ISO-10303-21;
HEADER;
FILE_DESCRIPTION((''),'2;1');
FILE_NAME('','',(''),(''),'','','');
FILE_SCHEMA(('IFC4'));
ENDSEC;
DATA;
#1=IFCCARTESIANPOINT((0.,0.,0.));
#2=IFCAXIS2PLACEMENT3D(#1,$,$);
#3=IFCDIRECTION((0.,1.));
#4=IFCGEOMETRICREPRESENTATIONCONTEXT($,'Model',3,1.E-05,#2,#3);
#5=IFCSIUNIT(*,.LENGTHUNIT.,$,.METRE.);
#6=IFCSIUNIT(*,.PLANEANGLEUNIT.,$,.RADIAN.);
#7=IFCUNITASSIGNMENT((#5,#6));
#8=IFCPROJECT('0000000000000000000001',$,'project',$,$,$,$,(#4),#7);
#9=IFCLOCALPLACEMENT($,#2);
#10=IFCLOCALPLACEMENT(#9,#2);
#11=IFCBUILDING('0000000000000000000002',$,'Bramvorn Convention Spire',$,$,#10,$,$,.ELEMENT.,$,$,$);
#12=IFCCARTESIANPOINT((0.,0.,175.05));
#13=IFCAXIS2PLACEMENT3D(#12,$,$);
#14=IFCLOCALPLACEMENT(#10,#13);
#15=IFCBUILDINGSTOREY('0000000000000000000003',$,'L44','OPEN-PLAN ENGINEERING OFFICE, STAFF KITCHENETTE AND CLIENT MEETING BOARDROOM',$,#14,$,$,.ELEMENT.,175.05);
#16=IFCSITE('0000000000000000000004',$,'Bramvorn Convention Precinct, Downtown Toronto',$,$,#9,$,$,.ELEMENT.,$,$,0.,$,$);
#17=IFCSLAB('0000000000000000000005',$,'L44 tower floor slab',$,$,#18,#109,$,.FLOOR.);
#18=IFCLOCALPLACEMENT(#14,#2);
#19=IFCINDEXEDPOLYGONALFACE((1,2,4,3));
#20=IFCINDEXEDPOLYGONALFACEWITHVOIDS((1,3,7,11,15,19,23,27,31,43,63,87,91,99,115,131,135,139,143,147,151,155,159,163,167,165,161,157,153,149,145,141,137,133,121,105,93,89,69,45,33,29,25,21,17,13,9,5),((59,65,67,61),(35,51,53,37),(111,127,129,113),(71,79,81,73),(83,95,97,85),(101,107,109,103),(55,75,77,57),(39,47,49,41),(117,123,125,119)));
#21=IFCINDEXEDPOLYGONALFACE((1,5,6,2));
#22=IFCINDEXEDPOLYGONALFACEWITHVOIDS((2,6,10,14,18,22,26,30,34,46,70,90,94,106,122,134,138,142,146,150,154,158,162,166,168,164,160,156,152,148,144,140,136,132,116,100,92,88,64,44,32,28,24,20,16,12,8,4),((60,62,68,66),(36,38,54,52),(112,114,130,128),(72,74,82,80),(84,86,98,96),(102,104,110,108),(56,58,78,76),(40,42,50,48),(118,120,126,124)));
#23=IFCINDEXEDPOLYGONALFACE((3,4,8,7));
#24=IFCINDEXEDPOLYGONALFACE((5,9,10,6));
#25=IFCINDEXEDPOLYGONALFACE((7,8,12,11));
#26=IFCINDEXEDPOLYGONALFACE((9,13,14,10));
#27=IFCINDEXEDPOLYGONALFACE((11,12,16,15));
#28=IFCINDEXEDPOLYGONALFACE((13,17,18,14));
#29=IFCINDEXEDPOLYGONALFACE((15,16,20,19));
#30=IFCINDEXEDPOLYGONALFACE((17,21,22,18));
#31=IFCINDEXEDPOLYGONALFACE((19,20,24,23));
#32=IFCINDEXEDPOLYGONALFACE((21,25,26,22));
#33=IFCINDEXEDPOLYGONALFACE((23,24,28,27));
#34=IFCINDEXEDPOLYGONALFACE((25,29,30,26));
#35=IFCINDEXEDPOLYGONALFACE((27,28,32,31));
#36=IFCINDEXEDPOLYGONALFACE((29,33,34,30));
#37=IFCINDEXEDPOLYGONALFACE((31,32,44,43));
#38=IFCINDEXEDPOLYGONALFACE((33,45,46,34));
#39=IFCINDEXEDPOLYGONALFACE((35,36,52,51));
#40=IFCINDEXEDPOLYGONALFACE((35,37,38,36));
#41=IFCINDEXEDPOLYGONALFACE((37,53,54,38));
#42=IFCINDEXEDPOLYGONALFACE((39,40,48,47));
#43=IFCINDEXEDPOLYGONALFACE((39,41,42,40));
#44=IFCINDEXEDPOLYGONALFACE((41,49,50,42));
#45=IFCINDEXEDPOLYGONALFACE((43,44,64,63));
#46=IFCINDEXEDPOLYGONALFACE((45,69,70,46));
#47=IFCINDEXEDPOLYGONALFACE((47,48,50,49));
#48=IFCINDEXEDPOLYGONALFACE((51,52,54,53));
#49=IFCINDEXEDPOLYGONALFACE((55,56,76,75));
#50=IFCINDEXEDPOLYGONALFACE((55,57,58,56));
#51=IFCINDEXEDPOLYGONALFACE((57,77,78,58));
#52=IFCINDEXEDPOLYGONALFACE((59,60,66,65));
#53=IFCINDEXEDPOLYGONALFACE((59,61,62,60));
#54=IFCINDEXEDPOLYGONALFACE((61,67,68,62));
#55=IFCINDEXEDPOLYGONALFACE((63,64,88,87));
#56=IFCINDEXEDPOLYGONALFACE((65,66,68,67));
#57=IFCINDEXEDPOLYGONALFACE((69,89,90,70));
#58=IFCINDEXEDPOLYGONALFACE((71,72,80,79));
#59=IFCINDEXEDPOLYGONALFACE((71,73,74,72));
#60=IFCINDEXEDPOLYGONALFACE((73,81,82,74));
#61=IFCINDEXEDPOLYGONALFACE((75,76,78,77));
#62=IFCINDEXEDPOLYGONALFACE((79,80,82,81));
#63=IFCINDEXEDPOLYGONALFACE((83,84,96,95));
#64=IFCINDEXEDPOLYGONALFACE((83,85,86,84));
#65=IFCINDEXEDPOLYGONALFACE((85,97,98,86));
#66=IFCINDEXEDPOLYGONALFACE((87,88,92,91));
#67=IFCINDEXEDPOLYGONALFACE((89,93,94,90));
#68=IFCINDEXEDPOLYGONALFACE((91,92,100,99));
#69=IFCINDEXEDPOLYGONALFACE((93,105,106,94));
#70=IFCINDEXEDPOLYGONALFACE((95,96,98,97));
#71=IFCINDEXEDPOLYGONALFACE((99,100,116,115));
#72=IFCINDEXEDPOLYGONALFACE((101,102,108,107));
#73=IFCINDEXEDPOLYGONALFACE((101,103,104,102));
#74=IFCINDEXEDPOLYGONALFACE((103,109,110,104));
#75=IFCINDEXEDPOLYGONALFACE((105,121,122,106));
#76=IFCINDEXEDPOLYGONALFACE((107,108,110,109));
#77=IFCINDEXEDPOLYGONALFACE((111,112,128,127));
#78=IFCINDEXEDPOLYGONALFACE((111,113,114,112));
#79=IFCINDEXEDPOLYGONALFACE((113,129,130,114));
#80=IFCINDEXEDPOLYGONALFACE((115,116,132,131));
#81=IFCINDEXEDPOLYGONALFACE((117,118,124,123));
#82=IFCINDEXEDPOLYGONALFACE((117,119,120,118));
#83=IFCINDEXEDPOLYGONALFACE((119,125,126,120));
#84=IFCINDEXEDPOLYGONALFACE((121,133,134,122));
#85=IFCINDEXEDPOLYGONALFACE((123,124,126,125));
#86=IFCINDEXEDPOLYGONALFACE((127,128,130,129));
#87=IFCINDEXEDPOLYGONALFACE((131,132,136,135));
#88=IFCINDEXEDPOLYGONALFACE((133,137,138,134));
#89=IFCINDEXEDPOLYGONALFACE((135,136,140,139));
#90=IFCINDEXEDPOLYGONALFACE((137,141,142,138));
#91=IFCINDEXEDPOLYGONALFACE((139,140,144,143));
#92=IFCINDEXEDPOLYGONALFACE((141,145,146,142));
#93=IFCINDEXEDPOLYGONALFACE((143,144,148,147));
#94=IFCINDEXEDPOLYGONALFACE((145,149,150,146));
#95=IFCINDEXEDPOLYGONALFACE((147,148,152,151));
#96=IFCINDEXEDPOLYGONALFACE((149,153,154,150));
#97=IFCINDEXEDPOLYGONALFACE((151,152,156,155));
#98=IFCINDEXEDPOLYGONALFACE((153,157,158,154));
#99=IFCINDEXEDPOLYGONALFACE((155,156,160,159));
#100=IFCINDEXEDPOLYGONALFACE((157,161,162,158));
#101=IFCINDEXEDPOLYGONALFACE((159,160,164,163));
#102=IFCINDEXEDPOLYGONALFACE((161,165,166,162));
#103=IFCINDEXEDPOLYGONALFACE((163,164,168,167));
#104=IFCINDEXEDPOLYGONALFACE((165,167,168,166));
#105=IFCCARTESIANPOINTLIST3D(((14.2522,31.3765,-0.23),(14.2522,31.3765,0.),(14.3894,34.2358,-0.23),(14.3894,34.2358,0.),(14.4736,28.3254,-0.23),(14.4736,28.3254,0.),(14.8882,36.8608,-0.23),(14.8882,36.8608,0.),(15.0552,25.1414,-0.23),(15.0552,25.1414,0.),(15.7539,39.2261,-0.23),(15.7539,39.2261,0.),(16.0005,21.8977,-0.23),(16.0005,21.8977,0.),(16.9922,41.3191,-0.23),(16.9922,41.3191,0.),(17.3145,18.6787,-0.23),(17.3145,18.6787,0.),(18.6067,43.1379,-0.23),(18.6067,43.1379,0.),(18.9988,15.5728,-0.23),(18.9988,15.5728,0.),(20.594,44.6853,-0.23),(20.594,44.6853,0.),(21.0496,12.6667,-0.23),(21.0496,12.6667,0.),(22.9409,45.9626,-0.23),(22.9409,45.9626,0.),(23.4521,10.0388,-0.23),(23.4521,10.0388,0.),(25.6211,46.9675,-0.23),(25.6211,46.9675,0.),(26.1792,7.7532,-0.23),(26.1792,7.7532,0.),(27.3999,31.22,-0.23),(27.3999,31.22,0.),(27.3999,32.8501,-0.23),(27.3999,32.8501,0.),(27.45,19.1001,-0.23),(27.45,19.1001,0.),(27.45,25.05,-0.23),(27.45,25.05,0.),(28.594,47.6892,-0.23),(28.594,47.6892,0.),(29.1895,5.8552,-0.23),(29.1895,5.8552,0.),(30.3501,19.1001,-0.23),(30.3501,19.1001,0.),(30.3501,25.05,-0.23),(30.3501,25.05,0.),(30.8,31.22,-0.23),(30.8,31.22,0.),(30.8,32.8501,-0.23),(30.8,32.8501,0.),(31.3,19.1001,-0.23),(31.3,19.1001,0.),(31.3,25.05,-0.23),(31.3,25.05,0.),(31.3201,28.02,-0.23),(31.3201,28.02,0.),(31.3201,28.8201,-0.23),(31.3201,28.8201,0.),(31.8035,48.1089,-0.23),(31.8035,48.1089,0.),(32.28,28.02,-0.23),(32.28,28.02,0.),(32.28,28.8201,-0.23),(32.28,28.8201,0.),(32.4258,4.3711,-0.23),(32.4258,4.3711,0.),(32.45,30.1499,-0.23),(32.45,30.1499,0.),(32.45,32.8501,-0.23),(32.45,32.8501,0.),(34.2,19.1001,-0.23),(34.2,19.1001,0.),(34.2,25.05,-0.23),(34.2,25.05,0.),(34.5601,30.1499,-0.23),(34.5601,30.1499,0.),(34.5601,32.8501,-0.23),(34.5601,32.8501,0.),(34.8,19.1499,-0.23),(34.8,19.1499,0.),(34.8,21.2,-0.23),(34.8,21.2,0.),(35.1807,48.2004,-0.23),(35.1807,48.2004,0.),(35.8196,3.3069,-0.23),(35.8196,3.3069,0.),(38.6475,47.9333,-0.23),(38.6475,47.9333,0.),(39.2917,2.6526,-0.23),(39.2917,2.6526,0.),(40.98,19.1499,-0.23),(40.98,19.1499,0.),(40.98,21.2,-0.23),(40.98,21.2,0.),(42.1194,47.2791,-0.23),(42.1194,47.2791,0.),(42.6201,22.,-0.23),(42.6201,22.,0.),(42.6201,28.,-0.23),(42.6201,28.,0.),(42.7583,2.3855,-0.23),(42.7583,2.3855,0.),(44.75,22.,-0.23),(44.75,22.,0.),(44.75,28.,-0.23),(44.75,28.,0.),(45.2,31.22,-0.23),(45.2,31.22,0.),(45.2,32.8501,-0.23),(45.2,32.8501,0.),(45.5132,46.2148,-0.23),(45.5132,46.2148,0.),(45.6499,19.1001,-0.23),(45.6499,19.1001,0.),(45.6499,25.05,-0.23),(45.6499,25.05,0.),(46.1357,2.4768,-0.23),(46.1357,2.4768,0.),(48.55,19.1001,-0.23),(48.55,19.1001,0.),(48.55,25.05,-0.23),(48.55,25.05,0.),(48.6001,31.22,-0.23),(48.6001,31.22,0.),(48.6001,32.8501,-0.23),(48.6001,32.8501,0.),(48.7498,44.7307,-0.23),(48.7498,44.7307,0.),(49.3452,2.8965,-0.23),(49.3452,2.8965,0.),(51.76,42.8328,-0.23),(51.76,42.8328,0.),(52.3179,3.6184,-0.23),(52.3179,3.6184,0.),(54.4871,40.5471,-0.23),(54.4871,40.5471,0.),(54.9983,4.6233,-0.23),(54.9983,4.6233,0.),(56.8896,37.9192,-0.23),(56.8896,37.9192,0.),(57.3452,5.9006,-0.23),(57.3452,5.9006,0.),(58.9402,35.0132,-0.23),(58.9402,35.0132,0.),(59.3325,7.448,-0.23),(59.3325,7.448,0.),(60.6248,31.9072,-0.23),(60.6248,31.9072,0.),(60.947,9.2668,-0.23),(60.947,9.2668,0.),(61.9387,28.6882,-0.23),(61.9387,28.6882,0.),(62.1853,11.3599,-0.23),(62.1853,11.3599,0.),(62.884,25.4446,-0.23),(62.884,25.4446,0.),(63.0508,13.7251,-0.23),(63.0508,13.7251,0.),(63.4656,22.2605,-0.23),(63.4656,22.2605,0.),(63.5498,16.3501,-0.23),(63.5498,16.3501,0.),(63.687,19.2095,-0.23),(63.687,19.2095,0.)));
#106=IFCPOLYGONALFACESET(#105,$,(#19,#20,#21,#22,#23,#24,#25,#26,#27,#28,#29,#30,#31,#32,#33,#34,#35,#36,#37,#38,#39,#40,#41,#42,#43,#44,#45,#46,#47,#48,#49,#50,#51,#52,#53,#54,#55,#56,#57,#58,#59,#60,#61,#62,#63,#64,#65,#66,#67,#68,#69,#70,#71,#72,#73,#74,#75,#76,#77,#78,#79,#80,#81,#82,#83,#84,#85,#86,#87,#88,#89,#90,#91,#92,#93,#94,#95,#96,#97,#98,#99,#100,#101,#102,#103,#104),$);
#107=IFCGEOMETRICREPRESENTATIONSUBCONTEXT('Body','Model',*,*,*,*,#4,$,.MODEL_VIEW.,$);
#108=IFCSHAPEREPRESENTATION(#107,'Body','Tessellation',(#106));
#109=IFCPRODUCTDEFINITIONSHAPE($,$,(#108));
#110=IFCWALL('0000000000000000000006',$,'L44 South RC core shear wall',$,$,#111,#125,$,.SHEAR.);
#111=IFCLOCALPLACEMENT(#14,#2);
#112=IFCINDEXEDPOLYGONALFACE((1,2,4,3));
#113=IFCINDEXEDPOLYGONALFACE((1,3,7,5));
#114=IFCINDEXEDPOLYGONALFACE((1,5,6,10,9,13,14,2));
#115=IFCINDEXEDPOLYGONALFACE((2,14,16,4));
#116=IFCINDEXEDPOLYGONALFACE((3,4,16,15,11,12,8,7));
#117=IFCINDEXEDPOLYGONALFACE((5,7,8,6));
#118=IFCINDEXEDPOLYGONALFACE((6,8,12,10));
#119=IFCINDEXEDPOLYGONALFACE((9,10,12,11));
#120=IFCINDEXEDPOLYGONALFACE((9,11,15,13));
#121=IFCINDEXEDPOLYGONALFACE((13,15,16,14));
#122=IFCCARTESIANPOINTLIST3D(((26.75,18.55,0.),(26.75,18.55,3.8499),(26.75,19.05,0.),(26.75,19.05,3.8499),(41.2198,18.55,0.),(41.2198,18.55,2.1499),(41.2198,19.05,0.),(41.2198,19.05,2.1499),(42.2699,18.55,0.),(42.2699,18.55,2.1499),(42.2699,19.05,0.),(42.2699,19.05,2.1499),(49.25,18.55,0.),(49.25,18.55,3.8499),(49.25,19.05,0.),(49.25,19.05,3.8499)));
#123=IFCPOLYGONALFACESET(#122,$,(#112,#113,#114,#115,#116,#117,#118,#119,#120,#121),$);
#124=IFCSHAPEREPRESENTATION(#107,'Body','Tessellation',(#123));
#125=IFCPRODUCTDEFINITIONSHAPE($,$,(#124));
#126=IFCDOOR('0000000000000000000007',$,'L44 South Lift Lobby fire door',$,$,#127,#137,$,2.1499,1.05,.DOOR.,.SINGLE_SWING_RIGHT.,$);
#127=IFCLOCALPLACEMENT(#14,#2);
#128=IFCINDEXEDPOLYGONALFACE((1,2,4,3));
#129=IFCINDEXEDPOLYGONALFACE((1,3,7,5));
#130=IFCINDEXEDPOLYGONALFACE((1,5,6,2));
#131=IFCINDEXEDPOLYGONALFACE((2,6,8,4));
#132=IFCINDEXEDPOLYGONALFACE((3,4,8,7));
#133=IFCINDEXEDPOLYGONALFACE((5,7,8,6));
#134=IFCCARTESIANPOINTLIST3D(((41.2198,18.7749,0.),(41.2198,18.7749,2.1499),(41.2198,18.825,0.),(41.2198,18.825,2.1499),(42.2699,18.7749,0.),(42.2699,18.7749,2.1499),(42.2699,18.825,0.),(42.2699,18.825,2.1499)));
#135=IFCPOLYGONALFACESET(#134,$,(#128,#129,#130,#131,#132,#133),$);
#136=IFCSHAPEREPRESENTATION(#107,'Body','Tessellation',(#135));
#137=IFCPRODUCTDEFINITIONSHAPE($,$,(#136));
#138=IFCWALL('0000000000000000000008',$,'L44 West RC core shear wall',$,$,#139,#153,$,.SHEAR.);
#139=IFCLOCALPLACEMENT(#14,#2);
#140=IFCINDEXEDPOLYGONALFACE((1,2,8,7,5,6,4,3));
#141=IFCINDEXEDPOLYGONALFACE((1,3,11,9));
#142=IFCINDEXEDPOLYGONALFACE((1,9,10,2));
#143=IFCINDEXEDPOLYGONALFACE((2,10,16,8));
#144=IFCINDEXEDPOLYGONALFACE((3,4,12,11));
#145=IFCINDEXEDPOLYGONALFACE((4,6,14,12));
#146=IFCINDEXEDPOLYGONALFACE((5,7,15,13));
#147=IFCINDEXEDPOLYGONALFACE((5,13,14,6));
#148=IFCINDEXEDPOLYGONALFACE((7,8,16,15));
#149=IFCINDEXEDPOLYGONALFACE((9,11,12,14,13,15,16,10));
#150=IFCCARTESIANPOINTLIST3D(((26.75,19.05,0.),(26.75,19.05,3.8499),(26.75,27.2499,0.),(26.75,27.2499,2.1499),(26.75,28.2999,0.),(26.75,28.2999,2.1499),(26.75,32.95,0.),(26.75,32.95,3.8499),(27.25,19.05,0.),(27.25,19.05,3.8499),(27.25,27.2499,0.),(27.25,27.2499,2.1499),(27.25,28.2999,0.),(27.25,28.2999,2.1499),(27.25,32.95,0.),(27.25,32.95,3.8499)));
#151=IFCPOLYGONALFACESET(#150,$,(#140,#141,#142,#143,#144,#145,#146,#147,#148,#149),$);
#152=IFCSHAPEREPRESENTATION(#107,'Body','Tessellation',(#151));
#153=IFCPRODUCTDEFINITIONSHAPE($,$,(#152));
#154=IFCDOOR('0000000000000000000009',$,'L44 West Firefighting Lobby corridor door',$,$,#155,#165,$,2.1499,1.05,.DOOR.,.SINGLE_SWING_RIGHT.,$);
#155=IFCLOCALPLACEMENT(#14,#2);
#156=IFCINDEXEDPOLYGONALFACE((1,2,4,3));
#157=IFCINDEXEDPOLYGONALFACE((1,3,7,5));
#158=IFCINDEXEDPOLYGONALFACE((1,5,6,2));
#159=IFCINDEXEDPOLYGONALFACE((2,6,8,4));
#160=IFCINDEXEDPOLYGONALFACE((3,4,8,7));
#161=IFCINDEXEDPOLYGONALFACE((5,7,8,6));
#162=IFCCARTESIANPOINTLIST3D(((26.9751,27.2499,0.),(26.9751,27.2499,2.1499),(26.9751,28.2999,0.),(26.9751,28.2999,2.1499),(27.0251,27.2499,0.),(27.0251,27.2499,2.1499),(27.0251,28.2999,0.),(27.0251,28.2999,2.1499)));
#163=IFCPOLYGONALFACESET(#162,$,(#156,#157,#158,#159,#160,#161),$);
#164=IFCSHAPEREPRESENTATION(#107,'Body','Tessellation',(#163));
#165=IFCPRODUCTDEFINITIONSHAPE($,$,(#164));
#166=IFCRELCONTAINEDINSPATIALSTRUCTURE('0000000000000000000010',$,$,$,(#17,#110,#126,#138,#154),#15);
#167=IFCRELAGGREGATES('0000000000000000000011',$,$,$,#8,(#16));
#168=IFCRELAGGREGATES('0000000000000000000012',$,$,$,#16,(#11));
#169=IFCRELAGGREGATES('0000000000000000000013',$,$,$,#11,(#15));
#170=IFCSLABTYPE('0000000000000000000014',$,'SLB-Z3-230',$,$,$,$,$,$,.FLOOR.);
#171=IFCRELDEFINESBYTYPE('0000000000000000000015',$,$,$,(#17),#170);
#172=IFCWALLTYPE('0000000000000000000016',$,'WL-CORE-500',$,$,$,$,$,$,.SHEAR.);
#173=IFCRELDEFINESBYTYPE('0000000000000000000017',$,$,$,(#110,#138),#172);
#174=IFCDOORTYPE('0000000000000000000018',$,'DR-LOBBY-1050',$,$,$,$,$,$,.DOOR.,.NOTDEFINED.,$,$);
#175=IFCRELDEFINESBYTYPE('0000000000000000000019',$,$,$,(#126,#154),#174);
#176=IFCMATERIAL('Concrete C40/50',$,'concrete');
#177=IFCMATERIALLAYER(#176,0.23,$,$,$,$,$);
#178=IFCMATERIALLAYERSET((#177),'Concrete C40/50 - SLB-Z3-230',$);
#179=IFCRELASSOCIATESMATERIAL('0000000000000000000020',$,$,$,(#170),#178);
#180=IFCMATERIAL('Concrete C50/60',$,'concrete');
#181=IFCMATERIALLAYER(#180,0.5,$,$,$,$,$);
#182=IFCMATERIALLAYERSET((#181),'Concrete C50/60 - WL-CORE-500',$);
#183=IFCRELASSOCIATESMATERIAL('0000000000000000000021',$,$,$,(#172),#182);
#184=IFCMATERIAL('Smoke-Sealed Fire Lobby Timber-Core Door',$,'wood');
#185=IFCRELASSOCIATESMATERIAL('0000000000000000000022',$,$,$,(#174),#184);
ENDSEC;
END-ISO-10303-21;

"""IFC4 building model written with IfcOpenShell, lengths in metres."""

from ifc_helpers import new_model, si_unit, direction, frame, frame_2d, origin, place, context, subcontext, project, spatial, polyline, rectangle, outline, extrude, material, layer, layer_set, type_object, element, fill, save


model = new_model("IFC4")

# Units and contexts
model_context = context("Model", 3, precision=1e-05, world=origin(), true_north=direction((0.0, 1.0)))
body_context = subcontext(model_context, "Body", "Model", "MODEL_VIEW")
ifc_project = project(units=[si_unit("LENGTHUNIT", "METRE"), si_unit("PLANEANGLEUNIT", "RADIAN")], contexts=[model_context])

# Site, building, storey
site_placement = place(None, origin())
site = spatial("IfcSite", under=ifc_project, at=site_placement, Name="Bramvorn Convention Precinct, Downtown Toronto", CompositionType="ELEMENT", RefElevation=0.0)
building_placement = place(site_placement, origin())
building = spatial("IfcBuilding", under=site, at=building_placement, Name="Bramvorn Convention Spire", CompositionType="ELEMENT")
storey_placement = place(building_placement, frame((0.0, 0.0, 175.05)))
storey = spatial("IfcBuildingStorey", under=building, at=storey_placement, Name="L44", Description="OPEN-PLAN ENGINEERING OFFICE, STAFF KITCHENETTE AND CLIENT MEETING BOARDROOM", CompositionType="ELEMENT", Elevation=175.05)

# Slab
ifc_material_1 = material(Name="Concrete C40/50", Category="concrete")
ifc_layer_1 = layer(ifc_material_1, 0.23)
ifc_layer_set_1 = layer_set([ifc_layer_1], Name="Concrete C40/50 - SLB-Z3-230")
slab_type_1 = type_object("IfcSlabType", Name="SLB-Z3-230", PredefinedType="FLOOR", material=ifc_layer_set_1)
slab_1_placement = place(storey_placement, frame((0.0, 0.0, -0.23)))
element("IfcSlab", 1, at=slab_1_placement, inside=storey, type_object=slab_type_1, Name="L44 tower floor slab", PredefinedType="FLOOR", context=body_context, shape_type="SweptSolid", body=[
    extrude(outline(polyline([(60.947, 9.2668), (62.1853, 11.3599), (63.0508, 13.7251), (63.5498, 16.3501), (63.687, 19.2095), (63.4656, 22.2605), (62.884, 25.4446), (61.9387, 28.6882), (60.6248, 31.9072), (58.9402, 35.0132), (56.8896, 37.9192), (54.4871, 40.5471), (51.76, 42.8328), (48.7498, 44.7307), (45.5132, 46.2148), (42.1194, 47.2791), (38.6475, 47.9333), (35.1807, 48.2004), (31.8035, 48.1089), (28.594, 47.6892), (25.6211, 46.9675), (22.9409, 45.9626), (20.594, 44.6853), (18.6067, 43.1379), (16.9922, 41.3191), (15.7539, 39.2261), (14.8882, 36.8608), (14.3894, 34.2358), (14.2522, 31.3765), (14.4736, 28.3254), (15.0552, 25.1414), (16.0005, 21.8977), (17.3145, 18.6787), (18.9988, 15.5728), (21.0496, 12.6667), (23.4521, 10.0388), (26.1792, 7.7532), (29.1895, 5.8552), (32.4258, 4.3711), (35.8196, 3.3069), (39.2917, 2.6526), (42.7583, 2.3855), (46.1357, 2.4768), (49.3452, 2.8965), (52.3179, 3.6184), (54.9983, 4.6233), (57.3452, 5.9006), (59.3325, 7.448), (60.947, 9.2668)]), holes=[polyline([(27.45, 25.05), (27.45, 19.1001), (30.3501, 19.1001), (30.3501, 25.05), (27.45, 25.05)]), polyline([(45.6499, 25.05), (45.6499, 19.1001), (48.55, 19.1001), (48.55, 25.05), (45.6499, 25.05)]), polyline([(31.3, 25.05), (31.3, 19.1001), (34.2, 19.1001), (34.2, 25.05), (31.3, 25.05)]), polyline([(27.3999, 31.22), (30.8, 31.22), (30.8, 32.8501), (27.3999, 32.8501), (27.3999, 31.22)]), polyline([(45.2, 31.22), (48.6001, 31.22), (48.6001, 32.8501), (45.2, 32.8501), (45.2, 31.22)]), polyline([(32.45, 30.1499), (34.5601, 30.1499), (34.5601, 32.8501), (32.45, 32.8501), (32.45, 30.1499)]), polyline([(34.8, 19.1499), (40.98, 19.1499), (40.98, 21.2), (34.8, 21.2), (34.8, 19.1499)]), polyline([(42.6201, 22.0), (44.75, 22.0), (44.75, 28.0), (42.6201, 28.0), (42.6201, 22.0)]), polyline([(31.3201, 28.02), (32.28, 28.02), (32.28, 28.8201), (31.3201, 28.8201), (31.3201, 28.02)])]), origin(), (0.0, 0.0, 1.0), 0.23),
])

# Walls, openings, doors
ifc_material_2 = material(Name="Concrete C50/60", Category="concrete")
ifc_layer_2 = layer(ifc_material_2, 0.5)
ifc_layer_set_2 = layer_set([ifc_layer_2], Name="Concrete C50/60 - WL-CORE-500")
wall_type_1 = type_object("IfcWallType", Name="WL-CORE-500", PredefinedType="SHEAR", material=ifc_layer_set_2)
wall_1_placement = place(storey_placement, frame((26.75, 18.8, 0.0), z_axis=(0.0, 0.0, 1.0), x_axis=(1.0, 0.0, 0.0)))
wall_1 = element("IfcWall", 2, at=wall_1_placement, inside=storey, type_object=wall_type_1, Name="L44 South RC core shear wall", PredefinedType="SHEAR", context=body_context, shape_type="SweptSolid", body=[
    extrude(rectangle(XDim=22.5, YDim=0.5, at=frame_2d((11.25, 0.0))), origin(), (0.0, 0.0, 1.0), 3.8499),
])
opening_1_placement = place(wall_1_placement, frame((14.47, 0.0, 0.0)))
opening_1 = element("IfcOpeningElement", 3, at=opening_1_placement, cuts=wall_1, PredefinedType="OPENING", context=body_context, shape_type="SweptSolid", body=[
    extrude(rectangle(XDim=1.05, YDim=2.1499, at=frame_2d((0.5249, 1.075))), frame((0.0, 0.26, 0.0), z_axis=(0.0, -1.0, 0.0), x_axis=(1.0, 0.0, 0.0)), (0.0, 0.0, 1.0), 0.52),
])
ifc_material_3 = material(Name="Smoke-Sealed Fire Lobby Timber-Core Door", Category="wood")
door_type_1 = type_object("IfcDoorType", Name="DR-LOBBY-1050", OperationType="NOTDEFINED", PredefinedType="DOOR", material=ifc_material_3)
door_1_placement = place(opening_1_placement, origin())
door_1 = element("IfcDoor", 4, at=door_1_placement, inside=storey, type_object=door_type_1, Name="L44 South Lift Lobby fire door", OperationType="SINGLE_SWING_RIGHT", OverallHeight=2.1499, OverallWidth=1.05, PredefinedType="DOOR", context=body_context, shape_type="SweptSolid", body=[
    extrude(rectangle(XDim=1.05, YDim=2.1499, at=frame_2d((0.5249, 1.075))), frame((0.0, 0.0249, 0.0), z_axis=(0.0, -1.0, 0.0), x_axis=(1.0, 0.0, 0.0)), (0.0, 0.0, 1.0), 0.05),
])
fill(opening_1, door_1)
wall_2_placement = place(storey_placement, frame((27.0, 19.05, 0.0), z_axis=(0.0, 0.0, 1.0), x_axis=(0.0, 1.0, 0.0)))
wall_2 = element("IfcWall", 5, at=wall_2_placement, inside=storey, type_object=wall_type_1, Name="L44 West RC core shear wall", PredefinedType="SHEAR", context=body_context, shape_type="SweptSolid", body=[
    extrude(rectangle(XDim=13.8999, YDim=0.5, at=frame_2d((6.95, 0.0))), origin(), (0.0, 0.0, 1.0), 3.8499),
])
opening_2_placement = place(wall_2_placement, frame((8.2, 0.0, 0.0)))
opening_2 = element("IfcOpeningElement", 6, at=opening_2_placement, cuts=wall_2, PredefinedType="OPENING", context=body_context, shape_type="SweptSolid", body=[
    extrude(rectangle(XDim=1.05, YDim=2.1499, at=frame_2d((0.5249, 1.075))), frame((0.0, 0.26, 0.0), z_axis=(0.0, -1.0, 0.0), x_axis=(1.0, 0.0, 0.0)), (0.0, 0.0, 1.0), 0.52),
])
door_2_placement = place(opening_2_placement, origin())
door_2 = element("IfcDoor", 7, at=door_2_placement, inside=storey, type_object=door_type_1, Name="L44 West Firefighting Lobby corridor door", OperationType="SINGLE_SWING_RIGHT", OverallHeight=2.1499, OverallWidth=1.05, PredefinedType="DOOR", context=body_context, shape_type="SweptSolid", body=[
    extrude(rectangle(XDim=1.05, YDim=2.1499, at=frame_2d((0.5249, 1.075))), frame((0.0, 0.0249, 0.0), z_axis=(0.0, -1.0, 0.0), x_axis=(1.0, 0.0, 0.0)), (0.0, 0.0, 1.0), 0.05),
])
fill(opening_2, door_2)

save(model, "model.ifc")
